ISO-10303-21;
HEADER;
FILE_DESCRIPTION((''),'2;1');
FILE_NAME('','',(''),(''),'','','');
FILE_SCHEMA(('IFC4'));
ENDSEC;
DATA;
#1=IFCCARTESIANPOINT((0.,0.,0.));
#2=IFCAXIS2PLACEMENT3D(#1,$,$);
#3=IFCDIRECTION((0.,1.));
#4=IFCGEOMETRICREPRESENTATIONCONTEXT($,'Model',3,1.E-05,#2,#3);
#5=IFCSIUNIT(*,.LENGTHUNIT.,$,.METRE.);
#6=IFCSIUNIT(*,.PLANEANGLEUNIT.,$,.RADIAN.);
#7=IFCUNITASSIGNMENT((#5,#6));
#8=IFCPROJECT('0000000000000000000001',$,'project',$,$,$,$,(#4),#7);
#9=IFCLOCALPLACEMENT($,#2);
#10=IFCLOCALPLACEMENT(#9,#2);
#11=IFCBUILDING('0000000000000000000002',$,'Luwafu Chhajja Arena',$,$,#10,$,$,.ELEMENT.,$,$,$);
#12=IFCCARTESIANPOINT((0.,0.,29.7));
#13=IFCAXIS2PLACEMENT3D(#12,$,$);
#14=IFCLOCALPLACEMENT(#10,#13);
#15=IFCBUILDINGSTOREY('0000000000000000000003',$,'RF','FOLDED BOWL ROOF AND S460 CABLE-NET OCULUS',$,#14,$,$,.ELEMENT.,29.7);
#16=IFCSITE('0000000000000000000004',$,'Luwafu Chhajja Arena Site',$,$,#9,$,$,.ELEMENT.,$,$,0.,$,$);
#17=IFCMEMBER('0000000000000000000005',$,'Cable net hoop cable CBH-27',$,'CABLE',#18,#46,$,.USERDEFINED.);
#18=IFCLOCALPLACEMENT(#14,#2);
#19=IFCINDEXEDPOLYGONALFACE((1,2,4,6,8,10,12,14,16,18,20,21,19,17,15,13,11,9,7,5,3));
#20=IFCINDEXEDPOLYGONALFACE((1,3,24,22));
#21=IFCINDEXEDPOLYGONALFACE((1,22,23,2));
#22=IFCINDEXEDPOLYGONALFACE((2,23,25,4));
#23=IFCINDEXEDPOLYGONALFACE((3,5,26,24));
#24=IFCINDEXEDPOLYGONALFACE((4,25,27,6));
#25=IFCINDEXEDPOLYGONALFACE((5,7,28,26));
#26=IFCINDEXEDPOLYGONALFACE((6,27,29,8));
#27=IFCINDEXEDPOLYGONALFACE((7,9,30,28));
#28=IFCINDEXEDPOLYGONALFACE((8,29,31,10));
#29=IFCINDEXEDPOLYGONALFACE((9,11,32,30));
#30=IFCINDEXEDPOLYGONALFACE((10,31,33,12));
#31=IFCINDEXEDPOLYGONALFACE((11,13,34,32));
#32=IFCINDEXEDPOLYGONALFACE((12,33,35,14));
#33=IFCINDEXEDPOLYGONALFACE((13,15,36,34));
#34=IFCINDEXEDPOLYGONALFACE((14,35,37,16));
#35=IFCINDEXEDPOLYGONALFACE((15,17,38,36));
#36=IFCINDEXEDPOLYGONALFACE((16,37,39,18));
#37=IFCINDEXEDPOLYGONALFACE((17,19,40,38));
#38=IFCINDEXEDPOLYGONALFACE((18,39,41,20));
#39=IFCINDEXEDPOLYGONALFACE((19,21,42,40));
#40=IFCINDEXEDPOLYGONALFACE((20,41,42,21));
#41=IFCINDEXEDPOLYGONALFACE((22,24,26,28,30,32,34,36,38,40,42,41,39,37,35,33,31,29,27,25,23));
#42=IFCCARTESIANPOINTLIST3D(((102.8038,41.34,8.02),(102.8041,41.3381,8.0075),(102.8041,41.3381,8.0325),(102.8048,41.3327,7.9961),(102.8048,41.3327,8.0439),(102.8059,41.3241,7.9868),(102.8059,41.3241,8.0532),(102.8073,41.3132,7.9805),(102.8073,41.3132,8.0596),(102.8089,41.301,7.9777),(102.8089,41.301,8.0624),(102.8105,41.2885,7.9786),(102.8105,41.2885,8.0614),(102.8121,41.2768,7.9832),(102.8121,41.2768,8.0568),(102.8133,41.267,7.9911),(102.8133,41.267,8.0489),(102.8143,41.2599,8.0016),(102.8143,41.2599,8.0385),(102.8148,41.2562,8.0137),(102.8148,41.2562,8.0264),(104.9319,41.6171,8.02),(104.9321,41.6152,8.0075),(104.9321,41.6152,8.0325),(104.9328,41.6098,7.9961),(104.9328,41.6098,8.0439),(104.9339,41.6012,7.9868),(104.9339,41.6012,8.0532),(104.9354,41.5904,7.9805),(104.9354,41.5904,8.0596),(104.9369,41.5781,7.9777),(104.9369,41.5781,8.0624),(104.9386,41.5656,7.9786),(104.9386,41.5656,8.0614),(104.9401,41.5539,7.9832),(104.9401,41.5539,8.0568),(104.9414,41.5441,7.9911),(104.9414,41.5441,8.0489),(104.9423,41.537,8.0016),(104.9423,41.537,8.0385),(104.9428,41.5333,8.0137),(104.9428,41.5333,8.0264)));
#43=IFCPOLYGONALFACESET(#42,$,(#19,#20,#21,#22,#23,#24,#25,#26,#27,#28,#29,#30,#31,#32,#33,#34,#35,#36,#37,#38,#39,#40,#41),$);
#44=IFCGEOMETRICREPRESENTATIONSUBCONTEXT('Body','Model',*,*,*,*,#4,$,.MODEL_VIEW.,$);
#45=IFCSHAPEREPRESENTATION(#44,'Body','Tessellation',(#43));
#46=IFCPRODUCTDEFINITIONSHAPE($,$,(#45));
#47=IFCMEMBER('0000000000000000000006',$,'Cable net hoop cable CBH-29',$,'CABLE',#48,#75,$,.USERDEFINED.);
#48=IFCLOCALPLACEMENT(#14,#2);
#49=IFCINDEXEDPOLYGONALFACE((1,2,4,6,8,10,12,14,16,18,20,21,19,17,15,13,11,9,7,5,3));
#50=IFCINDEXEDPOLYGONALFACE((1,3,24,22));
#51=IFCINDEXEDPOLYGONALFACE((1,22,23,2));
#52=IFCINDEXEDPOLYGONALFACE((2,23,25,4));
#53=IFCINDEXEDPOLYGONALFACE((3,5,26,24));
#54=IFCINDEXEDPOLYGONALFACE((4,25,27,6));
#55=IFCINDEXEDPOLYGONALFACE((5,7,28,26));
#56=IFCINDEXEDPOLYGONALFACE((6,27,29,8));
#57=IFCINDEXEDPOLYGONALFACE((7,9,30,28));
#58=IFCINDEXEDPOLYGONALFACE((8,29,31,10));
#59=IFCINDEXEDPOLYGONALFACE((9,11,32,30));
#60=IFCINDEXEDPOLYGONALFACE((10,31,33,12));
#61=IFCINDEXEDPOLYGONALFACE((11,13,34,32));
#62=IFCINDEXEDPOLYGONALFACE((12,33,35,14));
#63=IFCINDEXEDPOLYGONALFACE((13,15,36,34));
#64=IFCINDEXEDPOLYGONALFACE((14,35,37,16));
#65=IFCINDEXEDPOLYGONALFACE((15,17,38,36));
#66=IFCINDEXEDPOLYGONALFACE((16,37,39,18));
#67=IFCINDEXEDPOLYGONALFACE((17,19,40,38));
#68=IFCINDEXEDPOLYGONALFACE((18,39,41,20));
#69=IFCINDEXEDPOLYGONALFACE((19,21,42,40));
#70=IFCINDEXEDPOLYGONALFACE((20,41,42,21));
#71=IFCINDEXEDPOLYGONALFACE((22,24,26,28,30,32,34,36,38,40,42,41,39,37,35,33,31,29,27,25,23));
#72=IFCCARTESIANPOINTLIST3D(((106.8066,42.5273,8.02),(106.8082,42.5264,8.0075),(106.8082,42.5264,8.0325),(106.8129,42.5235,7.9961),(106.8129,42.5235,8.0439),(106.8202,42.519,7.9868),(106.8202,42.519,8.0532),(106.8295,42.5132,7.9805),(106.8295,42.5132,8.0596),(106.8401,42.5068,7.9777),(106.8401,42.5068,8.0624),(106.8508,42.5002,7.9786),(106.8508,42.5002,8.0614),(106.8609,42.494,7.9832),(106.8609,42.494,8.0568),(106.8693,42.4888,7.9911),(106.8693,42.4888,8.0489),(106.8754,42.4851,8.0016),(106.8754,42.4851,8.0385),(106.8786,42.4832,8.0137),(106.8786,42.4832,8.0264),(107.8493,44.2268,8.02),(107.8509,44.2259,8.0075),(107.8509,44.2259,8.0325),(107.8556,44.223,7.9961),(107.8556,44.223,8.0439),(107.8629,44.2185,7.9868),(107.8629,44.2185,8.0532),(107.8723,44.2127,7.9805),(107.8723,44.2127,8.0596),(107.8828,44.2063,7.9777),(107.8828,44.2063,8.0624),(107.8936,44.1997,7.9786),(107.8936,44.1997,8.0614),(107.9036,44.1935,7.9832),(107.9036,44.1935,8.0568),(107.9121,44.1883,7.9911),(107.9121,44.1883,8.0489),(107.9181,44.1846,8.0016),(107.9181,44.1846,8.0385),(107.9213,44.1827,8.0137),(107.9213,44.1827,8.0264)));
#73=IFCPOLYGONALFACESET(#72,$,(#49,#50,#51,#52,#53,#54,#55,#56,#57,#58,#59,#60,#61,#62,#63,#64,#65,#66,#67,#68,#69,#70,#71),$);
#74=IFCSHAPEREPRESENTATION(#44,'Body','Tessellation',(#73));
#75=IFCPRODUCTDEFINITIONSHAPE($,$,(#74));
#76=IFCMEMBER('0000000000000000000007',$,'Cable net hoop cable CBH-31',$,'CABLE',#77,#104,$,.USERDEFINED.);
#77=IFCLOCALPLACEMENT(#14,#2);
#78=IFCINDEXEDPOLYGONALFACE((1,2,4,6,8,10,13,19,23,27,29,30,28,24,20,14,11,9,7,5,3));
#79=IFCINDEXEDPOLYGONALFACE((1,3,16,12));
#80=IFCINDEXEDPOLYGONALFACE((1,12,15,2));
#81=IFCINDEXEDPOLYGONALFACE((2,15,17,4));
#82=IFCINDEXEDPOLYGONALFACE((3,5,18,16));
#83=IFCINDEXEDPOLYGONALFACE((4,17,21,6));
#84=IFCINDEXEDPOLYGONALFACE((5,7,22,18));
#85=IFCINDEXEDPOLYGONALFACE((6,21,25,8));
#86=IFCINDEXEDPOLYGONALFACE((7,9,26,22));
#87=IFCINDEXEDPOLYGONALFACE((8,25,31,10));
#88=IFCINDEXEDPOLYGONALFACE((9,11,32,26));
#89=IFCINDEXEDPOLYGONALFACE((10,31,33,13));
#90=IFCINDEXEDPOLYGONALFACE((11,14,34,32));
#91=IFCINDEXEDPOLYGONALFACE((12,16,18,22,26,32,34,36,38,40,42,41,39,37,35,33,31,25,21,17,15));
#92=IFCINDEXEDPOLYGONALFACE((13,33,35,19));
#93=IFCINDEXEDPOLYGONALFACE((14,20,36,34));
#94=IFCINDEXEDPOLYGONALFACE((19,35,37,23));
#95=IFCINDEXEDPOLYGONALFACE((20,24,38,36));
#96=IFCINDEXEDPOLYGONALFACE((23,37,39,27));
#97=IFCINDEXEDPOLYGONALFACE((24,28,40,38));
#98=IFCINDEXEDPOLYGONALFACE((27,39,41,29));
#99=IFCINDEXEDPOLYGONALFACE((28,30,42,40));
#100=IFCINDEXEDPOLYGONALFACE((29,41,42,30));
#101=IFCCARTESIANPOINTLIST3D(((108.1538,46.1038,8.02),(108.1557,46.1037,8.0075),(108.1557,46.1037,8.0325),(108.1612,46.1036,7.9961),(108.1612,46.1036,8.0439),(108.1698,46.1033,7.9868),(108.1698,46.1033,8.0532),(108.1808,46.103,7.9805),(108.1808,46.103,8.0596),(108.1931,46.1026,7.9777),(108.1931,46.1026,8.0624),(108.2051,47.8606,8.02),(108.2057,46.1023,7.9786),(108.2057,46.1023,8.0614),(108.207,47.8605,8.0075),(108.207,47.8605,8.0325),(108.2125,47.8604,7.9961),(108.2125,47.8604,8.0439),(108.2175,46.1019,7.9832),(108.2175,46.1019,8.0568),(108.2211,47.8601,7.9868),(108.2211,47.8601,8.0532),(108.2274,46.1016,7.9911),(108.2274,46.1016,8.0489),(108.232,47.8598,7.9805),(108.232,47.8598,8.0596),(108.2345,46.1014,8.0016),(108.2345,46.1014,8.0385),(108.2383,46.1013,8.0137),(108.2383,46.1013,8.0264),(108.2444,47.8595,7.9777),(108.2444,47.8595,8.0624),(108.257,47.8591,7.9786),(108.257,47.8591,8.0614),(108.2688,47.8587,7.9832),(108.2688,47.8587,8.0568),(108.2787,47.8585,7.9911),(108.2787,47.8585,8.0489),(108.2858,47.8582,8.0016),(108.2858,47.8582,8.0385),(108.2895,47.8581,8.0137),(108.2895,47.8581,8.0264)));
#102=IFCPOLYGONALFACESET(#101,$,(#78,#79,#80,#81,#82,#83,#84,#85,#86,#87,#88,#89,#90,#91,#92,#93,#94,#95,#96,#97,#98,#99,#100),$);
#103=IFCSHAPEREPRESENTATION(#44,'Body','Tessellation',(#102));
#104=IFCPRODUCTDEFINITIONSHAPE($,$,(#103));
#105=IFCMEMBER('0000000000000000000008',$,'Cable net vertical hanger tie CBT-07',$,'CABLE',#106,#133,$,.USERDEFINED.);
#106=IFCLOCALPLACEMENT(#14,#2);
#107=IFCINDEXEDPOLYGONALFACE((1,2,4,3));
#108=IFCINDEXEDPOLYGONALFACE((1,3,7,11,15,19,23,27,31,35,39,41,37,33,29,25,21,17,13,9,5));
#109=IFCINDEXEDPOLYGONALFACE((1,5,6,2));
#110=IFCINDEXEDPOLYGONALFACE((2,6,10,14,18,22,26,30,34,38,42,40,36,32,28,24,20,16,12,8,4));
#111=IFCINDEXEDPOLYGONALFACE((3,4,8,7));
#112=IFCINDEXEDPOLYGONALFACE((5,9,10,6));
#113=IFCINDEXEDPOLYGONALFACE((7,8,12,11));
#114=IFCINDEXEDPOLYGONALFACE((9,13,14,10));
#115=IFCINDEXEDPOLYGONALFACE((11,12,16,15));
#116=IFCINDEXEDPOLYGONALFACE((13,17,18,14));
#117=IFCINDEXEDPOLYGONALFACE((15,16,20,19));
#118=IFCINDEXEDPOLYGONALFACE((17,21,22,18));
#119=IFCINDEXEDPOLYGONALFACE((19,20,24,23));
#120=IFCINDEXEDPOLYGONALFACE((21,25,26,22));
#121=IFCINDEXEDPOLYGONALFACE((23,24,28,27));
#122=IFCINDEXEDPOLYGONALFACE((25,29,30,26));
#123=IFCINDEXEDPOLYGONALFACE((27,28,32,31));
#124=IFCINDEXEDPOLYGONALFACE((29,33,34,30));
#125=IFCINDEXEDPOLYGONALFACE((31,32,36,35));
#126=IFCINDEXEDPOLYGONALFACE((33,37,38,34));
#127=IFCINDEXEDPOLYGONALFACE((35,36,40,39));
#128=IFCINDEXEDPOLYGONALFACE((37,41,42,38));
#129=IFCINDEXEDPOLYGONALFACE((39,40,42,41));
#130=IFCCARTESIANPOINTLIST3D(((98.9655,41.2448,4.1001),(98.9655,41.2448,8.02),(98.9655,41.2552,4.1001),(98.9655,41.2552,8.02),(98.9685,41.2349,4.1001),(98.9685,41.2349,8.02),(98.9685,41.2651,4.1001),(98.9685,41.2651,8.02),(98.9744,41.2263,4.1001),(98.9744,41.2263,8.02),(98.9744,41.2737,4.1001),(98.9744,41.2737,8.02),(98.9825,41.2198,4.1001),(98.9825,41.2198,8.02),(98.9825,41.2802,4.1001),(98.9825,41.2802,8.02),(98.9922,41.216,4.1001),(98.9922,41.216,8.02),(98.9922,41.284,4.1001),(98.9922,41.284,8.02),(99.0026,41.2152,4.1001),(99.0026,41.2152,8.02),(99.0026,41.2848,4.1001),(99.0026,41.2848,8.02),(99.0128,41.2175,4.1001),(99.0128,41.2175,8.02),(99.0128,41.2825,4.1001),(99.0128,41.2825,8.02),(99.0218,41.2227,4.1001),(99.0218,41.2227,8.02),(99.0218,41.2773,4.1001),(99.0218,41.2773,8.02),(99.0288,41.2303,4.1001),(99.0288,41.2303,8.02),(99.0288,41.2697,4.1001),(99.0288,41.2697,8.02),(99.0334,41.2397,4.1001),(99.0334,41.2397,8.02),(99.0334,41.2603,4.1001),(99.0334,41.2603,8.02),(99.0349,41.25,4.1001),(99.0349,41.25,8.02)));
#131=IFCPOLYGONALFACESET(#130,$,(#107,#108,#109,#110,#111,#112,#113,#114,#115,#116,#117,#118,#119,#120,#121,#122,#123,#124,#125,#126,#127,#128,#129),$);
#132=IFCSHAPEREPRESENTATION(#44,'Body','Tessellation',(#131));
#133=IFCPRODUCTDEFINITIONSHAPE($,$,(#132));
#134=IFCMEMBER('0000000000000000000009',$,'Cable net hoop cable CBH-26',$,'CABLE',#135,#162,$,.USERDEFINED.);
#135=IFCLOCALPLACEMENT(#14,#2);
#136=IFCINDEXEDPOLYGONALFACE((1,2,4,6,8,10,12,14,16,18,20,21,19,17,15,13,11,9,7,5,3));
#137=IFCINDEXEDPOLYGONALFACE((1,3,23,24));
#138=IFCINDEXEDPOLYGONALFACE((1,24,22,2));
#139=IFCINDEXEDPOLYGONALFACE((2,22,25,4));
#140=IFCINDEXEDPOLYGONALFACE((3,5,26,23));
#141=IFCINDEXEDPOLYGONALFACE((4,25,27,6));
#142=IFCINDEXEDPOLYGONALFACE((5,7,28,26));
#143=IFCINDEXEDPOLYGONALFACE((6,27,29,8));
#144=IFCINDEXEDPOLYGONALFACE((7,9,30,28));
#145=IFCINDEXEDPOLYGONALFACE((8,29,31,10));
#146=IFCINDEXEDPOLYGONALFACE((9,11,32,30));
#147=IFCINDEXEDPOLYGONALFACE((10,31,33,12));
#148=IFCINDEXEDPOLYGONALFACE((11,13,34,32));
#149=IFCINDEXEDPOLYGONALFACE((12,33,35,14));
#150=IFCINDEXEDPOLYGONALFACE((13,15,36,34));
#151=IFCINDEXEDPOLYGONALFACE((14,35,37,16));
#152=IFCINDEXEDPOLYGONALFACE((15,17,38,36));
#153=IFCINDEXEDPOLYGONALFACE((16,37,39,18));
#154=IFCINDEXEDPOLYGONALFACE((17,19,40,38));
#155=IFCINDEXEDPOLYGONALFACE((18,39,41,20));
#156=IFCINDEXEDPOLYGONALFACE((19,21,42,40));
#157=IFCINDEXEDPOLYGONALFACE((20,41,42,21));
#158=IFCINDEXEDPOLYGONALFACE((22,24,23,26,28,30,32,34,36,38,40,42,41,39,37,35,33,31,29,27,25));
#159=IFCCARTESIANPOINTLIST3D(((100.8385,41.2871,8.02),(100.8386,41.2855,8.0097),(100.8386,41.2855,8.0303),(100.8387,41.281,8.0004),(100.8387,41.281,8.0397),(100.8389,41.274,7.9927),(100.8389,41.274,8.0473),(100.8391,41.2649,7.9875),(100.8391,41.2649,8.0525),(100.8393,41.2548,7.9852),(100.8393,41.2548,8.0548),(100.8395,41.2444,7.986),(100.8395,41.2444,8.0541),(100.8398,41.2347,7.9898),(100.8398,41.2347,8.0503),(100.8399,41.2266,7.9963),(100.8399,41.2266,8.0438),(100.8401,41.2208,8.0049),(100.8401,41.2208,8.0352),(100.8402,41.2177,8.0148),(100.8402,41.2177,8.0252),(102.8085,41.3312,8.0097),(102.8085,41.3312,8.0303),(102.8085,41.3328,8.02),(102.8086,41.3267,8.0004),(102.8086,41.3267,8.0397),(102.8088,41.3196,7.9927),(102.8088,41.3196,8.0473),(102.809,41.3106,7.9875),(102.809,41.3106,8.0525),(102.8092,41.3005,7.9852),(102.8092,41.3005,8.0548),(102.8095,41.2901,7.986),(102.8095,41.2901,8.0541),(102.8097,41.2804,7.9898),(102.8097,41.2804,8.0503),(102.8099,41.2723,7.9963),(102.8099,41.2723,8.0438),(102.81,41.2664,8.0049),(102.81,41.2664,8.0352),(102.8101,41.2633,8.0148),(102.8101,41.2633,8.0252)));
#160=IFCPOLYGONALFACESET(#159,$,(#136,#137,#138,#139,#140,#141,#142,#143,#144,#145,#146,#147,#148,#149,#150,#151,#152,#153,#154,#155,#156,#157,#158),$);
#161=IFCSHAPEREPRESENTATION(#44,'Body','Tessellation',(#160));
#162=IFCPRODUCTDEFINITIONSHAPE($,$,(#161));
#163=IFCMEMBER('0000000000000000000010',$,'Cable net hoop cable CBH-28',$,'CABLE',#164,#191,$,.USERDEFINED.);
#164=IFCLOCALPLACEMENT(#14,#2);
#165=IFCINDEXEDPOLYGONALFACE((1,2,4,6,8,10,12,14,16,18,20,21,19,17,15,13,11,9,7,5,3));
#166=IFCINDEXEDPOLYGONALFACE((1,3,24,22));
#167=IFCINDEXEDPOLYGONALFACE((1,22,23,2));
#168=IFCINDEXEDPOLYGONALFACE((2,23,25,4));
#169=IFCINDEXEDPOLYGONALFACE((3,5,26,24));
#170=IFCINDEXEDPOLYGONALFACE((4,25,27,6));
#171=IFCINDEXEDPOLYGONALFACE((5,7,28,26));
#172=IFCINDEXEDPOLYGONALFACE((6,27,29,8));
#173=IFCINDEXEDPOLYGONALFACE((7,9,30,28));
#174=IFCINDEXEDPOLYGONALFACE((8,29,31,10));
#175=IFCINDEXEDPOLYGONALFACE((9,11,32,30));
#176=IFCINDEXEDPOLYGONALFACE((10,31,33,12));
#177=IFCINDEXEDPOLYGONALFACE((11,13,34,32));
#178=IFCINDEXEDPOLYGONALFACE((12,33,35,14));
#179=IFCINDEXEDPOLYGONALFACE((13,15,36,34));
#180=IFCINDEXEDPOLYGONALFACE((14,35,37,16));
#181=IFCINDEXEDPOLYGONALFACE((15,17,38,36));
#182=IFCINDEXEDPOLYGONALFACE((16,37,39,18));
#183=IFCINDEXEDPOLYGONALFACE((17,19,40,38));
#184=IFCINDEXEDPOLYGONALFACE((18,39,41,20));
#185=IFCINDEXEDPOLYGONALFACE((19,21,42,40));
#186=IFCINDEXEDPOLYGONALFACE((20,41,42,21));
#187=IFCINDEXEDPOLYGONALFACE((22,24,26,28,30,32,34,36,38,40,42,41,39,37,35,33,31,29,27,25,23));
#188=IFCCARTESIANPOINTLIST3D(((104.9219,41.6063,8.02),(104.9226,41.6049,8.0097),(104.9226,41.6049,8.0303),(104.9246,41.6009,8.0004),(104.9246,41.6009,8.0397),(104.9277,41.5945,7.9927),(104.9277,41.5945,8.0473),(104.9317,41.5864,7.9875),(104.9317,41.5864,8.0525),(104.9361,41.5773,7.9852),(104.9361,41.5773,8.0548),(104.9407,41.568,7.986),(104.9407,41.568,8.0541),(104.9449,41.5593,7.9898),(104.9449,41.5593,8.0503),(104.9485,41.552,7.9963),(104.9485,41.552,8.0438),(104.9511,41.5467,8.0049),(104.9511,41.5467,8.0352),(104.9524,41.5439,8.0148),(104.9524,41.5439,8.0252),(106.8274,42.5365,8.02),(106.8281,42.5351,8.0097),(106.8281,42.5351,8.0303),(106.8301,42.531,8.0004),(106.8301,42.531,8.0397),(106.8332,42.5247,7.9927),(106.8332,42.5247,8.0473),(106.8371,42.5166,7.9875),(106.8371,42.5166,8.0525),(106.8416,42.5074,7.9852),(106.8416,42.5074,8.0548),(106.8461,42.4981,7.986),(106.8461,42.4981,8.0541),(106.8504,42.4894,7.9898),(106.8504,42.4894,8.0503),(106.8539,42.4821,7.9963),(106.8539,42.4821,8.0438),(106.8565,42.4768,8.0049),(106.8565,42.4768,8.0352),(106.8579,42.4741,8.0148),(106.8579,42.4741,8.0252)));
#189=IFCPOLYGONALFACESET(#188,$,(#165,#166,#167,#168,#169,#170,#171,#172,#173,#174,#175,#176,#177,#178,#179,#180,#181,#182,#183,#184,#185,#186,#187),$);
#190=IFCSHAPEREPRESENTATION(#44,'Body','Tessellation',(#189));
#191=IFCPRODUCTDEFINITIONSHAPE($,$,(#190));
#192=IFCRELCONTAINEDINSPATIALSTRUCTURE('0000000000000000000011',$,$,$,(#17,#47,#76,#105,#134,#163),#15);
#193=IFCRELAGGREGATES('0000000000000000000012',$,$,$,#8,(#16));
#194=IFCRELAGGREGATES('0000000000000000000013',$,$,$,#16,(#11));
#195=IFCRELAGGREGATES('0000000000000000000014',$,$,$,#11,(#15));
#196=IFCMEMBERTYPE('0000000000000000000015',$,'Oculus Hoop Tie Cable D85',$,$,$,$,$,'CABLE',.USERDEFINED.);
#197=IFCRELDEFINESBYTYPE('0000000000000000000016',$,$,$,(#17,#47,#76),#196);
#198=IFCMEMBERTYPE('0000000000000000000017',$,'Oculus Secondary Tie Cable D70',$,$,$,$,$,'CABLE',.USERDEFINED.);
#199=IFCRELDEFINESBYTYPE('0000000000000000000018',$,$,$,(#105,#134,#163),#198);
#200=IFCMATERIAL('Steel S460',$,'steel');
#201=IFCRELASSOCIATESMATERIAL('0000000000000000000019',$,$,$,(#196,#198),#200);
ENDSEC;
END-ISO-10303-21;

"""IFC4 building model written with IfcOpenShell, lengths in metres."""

from ifc_helpers import new_model, si_unit, direction, frame, origin, origin_2d, place, context, subcontext, project, spatial, circle, extrude, material, material_profile, profile_set, type_object, element, save


model = new_model("IFC4")

# Units and contexts
model_context = context("Model", 3, precision=1e-05, world=origin(), true_north=direction((0.0, 1.0)))
body_context = subcontext(model_context, "Body", "Model", "MODEL_VIEW")
ifc_project = project(units=[si_unit("LENGTHUNIT", "METRE"), si_unit("PLANEANGLEUNIT", "RADIAN")], contexts=[model_context])

# Site, building, storey
site_placement = place(None, origin())
site = spatial("IfcSite", under=ifc_project, at=site_placement, Name="Luwafu Chhajja Arena Site", CompositionType="ELEMENT", RefElevation=0.0)
building_placement = place(site_placement, origin())
building = spatial("IfcBuilding", under=site, at=building_placement, Name="Luwafu Chhajja Arena", CompositionType="ELEMENT")
storey_placement = place(building_placement, frame((0.0, 0.0, 29.7)))
storey = spatial("IfcBuildingStorey", under=building, at=storey_placement, Name="RF", Description="FOLDED BOWL ROOF AND S460 CABLE-NET OCULUS", CompositionType="ELEMENT", Elevation=29.7)

# Members
ifc_material_1 = material(Name="Steel S460", Category="steel")
ifc_material_profile_1 = material_profile(ifc_material_1, circle(Radius=0.0425, at=origin_2d()), Name="CABLE D85")
ifc_profile_set_1 = profile_set([ifc_material_profile_1], Name="Steel S460")
member_type_1 = type_object("IfcMemberType", Name="Oculus Hoop Tie Cable D85", ElementType="CABLE", PredefinedType="USERDEFINED", material=ifc_profile_set_1)
member_1_placement = place(storey_placement, frame((102.8093, 41.2979, 8.02), z_axis=(0.991628, 0.12913, 0.0), x_axis=(-0.12913, 0.991628, 0.0)))
element("IfcMember", 1, at=member_1_placement, inside=storey, type_object=member_type_1, Name="Cable net hoop cable CBH-27", ObjectType="CABLE", PredefinedType="USERDEFINED", context=body_context, shape_type="SweptSolid", body=[
    extrude(circle(Radius=0.0425, at=origin_2d()), origin(), (0.0, 0.0, 1.0), 2.146),
])
member_2_placement = place(storey_placement, frame((106.8428, 42.5051, 8.02), z_axis=(0.52297, 0.852351, 0.0), x_axis=(-0.852351, 0.52297, 0.0)))
element("IfcMember", 2, at=member_2_placement, inside=storey, type_object=member_type_1, Name="Cable net hoop cable CBH-29", ObjectType="CABLE", PredefinedType="USERDEFINED", context=body_context, shape_type="SweptSolid", body=[
    extrude(circle(Radius=0.0425, at=origin_2d()), origin(), (0.0, 0.0, 1.0), 1.9939),
])
member_3_placement = place(storey_placement, frame((108.1963, 46.1025, 8.02), z_axis=(0.02917, 0.999574, 0.0), x_axis=(-0.999574, 0.02917, 0.0)))
element("IfcMember", 3, at=member_3_placement, inside=storey, type_object=member_type_1, Name="Cable net hoop cable CBH-31", ObjectType="CABLE", PredefinedType="USERDEFINED", context=body_context, shape_type="SweptSolid", body=[
    extrude(circle(Radius=0.0425, at=origin_2d()), origin(), (0.0, 0.0, 1.0), 1.7576),
])
ifc_material_profile_2 = material_profile(ifc_material_1, circle(Radius=0.0349, at=origin_2d()), Name="CABLE D70")
ifc_profile_set_2 = profile_set([ifc_material_profile_2], Name="Steel S460")
member_type_2 = type_object("IfcMemberType", Name="Oculus Secondary Tie Cable D70", ElementType="CABLE", PredefinedType="USERDEFINED", material=ifc_profile_set_2)
member_4_placement = place(storey_placement, frame((99.0, 41.25, 4.1001), z_axis=(0.0, 0.0, 1.0), x_axis=(1.0, 0.0, 0.0)))
element("IfcMember", 4, at=member_4_placement, inside=storey, type_object=member_type_2, Name="Cable net vertical hanger tie CBT-07", ObjectType="CABLE", PredefinedType="USERDEFINED", context=body_context, shape_type="SweptSolid", body=[
    extrude(circle(Radius=0.0349, at=origin_2d()), origin(), (0.0, 0.0, 1.0), 3.9199),
])
member_5_placement = place(storey_placement, frame((100.8394, 41.2522, 8.02), z_axis=(0.999732, 0.023169, 0.0), x_axis=(-0.023169, 0.999732, 0.0)))
element("IfcMember", 5, at=member_5_placement, inside=storey, type_object=member_type_2, Name="Cable net hoop cable CBH-26", ObjectType="CABLE", PredefinedType="USERDEFINED", context=body_context, shape_type="SweptSolid", body=[
    extrude(circle(Radius=0.0349, at=origin_2d()), origin(), (0.0, 0.0, 1.0), 1.9705),
])
member_6_placement = place(storey_placement, frame((104.9373, 41.575, 8.02), z_axis=(0.898647, 0.438673, 0.0), x_axis=(-0.438673, 0.898647, 0.0)))
element("IfcMember", 6, at=member_6_placement, inside=storey, type_object=member_type_2, Name="Cable net hoop cable CBH-28", ObjectType="CABLE", PredefinedType="USERDEFINED", context=body_context, shape_type="SweptSolid", body=[
    extrude(circle(Radius=0.0349, at=origin_2d()), origin(), (0.0, 0.0, 1.0), 2.1204),
])

save(model, "model.ifc")
